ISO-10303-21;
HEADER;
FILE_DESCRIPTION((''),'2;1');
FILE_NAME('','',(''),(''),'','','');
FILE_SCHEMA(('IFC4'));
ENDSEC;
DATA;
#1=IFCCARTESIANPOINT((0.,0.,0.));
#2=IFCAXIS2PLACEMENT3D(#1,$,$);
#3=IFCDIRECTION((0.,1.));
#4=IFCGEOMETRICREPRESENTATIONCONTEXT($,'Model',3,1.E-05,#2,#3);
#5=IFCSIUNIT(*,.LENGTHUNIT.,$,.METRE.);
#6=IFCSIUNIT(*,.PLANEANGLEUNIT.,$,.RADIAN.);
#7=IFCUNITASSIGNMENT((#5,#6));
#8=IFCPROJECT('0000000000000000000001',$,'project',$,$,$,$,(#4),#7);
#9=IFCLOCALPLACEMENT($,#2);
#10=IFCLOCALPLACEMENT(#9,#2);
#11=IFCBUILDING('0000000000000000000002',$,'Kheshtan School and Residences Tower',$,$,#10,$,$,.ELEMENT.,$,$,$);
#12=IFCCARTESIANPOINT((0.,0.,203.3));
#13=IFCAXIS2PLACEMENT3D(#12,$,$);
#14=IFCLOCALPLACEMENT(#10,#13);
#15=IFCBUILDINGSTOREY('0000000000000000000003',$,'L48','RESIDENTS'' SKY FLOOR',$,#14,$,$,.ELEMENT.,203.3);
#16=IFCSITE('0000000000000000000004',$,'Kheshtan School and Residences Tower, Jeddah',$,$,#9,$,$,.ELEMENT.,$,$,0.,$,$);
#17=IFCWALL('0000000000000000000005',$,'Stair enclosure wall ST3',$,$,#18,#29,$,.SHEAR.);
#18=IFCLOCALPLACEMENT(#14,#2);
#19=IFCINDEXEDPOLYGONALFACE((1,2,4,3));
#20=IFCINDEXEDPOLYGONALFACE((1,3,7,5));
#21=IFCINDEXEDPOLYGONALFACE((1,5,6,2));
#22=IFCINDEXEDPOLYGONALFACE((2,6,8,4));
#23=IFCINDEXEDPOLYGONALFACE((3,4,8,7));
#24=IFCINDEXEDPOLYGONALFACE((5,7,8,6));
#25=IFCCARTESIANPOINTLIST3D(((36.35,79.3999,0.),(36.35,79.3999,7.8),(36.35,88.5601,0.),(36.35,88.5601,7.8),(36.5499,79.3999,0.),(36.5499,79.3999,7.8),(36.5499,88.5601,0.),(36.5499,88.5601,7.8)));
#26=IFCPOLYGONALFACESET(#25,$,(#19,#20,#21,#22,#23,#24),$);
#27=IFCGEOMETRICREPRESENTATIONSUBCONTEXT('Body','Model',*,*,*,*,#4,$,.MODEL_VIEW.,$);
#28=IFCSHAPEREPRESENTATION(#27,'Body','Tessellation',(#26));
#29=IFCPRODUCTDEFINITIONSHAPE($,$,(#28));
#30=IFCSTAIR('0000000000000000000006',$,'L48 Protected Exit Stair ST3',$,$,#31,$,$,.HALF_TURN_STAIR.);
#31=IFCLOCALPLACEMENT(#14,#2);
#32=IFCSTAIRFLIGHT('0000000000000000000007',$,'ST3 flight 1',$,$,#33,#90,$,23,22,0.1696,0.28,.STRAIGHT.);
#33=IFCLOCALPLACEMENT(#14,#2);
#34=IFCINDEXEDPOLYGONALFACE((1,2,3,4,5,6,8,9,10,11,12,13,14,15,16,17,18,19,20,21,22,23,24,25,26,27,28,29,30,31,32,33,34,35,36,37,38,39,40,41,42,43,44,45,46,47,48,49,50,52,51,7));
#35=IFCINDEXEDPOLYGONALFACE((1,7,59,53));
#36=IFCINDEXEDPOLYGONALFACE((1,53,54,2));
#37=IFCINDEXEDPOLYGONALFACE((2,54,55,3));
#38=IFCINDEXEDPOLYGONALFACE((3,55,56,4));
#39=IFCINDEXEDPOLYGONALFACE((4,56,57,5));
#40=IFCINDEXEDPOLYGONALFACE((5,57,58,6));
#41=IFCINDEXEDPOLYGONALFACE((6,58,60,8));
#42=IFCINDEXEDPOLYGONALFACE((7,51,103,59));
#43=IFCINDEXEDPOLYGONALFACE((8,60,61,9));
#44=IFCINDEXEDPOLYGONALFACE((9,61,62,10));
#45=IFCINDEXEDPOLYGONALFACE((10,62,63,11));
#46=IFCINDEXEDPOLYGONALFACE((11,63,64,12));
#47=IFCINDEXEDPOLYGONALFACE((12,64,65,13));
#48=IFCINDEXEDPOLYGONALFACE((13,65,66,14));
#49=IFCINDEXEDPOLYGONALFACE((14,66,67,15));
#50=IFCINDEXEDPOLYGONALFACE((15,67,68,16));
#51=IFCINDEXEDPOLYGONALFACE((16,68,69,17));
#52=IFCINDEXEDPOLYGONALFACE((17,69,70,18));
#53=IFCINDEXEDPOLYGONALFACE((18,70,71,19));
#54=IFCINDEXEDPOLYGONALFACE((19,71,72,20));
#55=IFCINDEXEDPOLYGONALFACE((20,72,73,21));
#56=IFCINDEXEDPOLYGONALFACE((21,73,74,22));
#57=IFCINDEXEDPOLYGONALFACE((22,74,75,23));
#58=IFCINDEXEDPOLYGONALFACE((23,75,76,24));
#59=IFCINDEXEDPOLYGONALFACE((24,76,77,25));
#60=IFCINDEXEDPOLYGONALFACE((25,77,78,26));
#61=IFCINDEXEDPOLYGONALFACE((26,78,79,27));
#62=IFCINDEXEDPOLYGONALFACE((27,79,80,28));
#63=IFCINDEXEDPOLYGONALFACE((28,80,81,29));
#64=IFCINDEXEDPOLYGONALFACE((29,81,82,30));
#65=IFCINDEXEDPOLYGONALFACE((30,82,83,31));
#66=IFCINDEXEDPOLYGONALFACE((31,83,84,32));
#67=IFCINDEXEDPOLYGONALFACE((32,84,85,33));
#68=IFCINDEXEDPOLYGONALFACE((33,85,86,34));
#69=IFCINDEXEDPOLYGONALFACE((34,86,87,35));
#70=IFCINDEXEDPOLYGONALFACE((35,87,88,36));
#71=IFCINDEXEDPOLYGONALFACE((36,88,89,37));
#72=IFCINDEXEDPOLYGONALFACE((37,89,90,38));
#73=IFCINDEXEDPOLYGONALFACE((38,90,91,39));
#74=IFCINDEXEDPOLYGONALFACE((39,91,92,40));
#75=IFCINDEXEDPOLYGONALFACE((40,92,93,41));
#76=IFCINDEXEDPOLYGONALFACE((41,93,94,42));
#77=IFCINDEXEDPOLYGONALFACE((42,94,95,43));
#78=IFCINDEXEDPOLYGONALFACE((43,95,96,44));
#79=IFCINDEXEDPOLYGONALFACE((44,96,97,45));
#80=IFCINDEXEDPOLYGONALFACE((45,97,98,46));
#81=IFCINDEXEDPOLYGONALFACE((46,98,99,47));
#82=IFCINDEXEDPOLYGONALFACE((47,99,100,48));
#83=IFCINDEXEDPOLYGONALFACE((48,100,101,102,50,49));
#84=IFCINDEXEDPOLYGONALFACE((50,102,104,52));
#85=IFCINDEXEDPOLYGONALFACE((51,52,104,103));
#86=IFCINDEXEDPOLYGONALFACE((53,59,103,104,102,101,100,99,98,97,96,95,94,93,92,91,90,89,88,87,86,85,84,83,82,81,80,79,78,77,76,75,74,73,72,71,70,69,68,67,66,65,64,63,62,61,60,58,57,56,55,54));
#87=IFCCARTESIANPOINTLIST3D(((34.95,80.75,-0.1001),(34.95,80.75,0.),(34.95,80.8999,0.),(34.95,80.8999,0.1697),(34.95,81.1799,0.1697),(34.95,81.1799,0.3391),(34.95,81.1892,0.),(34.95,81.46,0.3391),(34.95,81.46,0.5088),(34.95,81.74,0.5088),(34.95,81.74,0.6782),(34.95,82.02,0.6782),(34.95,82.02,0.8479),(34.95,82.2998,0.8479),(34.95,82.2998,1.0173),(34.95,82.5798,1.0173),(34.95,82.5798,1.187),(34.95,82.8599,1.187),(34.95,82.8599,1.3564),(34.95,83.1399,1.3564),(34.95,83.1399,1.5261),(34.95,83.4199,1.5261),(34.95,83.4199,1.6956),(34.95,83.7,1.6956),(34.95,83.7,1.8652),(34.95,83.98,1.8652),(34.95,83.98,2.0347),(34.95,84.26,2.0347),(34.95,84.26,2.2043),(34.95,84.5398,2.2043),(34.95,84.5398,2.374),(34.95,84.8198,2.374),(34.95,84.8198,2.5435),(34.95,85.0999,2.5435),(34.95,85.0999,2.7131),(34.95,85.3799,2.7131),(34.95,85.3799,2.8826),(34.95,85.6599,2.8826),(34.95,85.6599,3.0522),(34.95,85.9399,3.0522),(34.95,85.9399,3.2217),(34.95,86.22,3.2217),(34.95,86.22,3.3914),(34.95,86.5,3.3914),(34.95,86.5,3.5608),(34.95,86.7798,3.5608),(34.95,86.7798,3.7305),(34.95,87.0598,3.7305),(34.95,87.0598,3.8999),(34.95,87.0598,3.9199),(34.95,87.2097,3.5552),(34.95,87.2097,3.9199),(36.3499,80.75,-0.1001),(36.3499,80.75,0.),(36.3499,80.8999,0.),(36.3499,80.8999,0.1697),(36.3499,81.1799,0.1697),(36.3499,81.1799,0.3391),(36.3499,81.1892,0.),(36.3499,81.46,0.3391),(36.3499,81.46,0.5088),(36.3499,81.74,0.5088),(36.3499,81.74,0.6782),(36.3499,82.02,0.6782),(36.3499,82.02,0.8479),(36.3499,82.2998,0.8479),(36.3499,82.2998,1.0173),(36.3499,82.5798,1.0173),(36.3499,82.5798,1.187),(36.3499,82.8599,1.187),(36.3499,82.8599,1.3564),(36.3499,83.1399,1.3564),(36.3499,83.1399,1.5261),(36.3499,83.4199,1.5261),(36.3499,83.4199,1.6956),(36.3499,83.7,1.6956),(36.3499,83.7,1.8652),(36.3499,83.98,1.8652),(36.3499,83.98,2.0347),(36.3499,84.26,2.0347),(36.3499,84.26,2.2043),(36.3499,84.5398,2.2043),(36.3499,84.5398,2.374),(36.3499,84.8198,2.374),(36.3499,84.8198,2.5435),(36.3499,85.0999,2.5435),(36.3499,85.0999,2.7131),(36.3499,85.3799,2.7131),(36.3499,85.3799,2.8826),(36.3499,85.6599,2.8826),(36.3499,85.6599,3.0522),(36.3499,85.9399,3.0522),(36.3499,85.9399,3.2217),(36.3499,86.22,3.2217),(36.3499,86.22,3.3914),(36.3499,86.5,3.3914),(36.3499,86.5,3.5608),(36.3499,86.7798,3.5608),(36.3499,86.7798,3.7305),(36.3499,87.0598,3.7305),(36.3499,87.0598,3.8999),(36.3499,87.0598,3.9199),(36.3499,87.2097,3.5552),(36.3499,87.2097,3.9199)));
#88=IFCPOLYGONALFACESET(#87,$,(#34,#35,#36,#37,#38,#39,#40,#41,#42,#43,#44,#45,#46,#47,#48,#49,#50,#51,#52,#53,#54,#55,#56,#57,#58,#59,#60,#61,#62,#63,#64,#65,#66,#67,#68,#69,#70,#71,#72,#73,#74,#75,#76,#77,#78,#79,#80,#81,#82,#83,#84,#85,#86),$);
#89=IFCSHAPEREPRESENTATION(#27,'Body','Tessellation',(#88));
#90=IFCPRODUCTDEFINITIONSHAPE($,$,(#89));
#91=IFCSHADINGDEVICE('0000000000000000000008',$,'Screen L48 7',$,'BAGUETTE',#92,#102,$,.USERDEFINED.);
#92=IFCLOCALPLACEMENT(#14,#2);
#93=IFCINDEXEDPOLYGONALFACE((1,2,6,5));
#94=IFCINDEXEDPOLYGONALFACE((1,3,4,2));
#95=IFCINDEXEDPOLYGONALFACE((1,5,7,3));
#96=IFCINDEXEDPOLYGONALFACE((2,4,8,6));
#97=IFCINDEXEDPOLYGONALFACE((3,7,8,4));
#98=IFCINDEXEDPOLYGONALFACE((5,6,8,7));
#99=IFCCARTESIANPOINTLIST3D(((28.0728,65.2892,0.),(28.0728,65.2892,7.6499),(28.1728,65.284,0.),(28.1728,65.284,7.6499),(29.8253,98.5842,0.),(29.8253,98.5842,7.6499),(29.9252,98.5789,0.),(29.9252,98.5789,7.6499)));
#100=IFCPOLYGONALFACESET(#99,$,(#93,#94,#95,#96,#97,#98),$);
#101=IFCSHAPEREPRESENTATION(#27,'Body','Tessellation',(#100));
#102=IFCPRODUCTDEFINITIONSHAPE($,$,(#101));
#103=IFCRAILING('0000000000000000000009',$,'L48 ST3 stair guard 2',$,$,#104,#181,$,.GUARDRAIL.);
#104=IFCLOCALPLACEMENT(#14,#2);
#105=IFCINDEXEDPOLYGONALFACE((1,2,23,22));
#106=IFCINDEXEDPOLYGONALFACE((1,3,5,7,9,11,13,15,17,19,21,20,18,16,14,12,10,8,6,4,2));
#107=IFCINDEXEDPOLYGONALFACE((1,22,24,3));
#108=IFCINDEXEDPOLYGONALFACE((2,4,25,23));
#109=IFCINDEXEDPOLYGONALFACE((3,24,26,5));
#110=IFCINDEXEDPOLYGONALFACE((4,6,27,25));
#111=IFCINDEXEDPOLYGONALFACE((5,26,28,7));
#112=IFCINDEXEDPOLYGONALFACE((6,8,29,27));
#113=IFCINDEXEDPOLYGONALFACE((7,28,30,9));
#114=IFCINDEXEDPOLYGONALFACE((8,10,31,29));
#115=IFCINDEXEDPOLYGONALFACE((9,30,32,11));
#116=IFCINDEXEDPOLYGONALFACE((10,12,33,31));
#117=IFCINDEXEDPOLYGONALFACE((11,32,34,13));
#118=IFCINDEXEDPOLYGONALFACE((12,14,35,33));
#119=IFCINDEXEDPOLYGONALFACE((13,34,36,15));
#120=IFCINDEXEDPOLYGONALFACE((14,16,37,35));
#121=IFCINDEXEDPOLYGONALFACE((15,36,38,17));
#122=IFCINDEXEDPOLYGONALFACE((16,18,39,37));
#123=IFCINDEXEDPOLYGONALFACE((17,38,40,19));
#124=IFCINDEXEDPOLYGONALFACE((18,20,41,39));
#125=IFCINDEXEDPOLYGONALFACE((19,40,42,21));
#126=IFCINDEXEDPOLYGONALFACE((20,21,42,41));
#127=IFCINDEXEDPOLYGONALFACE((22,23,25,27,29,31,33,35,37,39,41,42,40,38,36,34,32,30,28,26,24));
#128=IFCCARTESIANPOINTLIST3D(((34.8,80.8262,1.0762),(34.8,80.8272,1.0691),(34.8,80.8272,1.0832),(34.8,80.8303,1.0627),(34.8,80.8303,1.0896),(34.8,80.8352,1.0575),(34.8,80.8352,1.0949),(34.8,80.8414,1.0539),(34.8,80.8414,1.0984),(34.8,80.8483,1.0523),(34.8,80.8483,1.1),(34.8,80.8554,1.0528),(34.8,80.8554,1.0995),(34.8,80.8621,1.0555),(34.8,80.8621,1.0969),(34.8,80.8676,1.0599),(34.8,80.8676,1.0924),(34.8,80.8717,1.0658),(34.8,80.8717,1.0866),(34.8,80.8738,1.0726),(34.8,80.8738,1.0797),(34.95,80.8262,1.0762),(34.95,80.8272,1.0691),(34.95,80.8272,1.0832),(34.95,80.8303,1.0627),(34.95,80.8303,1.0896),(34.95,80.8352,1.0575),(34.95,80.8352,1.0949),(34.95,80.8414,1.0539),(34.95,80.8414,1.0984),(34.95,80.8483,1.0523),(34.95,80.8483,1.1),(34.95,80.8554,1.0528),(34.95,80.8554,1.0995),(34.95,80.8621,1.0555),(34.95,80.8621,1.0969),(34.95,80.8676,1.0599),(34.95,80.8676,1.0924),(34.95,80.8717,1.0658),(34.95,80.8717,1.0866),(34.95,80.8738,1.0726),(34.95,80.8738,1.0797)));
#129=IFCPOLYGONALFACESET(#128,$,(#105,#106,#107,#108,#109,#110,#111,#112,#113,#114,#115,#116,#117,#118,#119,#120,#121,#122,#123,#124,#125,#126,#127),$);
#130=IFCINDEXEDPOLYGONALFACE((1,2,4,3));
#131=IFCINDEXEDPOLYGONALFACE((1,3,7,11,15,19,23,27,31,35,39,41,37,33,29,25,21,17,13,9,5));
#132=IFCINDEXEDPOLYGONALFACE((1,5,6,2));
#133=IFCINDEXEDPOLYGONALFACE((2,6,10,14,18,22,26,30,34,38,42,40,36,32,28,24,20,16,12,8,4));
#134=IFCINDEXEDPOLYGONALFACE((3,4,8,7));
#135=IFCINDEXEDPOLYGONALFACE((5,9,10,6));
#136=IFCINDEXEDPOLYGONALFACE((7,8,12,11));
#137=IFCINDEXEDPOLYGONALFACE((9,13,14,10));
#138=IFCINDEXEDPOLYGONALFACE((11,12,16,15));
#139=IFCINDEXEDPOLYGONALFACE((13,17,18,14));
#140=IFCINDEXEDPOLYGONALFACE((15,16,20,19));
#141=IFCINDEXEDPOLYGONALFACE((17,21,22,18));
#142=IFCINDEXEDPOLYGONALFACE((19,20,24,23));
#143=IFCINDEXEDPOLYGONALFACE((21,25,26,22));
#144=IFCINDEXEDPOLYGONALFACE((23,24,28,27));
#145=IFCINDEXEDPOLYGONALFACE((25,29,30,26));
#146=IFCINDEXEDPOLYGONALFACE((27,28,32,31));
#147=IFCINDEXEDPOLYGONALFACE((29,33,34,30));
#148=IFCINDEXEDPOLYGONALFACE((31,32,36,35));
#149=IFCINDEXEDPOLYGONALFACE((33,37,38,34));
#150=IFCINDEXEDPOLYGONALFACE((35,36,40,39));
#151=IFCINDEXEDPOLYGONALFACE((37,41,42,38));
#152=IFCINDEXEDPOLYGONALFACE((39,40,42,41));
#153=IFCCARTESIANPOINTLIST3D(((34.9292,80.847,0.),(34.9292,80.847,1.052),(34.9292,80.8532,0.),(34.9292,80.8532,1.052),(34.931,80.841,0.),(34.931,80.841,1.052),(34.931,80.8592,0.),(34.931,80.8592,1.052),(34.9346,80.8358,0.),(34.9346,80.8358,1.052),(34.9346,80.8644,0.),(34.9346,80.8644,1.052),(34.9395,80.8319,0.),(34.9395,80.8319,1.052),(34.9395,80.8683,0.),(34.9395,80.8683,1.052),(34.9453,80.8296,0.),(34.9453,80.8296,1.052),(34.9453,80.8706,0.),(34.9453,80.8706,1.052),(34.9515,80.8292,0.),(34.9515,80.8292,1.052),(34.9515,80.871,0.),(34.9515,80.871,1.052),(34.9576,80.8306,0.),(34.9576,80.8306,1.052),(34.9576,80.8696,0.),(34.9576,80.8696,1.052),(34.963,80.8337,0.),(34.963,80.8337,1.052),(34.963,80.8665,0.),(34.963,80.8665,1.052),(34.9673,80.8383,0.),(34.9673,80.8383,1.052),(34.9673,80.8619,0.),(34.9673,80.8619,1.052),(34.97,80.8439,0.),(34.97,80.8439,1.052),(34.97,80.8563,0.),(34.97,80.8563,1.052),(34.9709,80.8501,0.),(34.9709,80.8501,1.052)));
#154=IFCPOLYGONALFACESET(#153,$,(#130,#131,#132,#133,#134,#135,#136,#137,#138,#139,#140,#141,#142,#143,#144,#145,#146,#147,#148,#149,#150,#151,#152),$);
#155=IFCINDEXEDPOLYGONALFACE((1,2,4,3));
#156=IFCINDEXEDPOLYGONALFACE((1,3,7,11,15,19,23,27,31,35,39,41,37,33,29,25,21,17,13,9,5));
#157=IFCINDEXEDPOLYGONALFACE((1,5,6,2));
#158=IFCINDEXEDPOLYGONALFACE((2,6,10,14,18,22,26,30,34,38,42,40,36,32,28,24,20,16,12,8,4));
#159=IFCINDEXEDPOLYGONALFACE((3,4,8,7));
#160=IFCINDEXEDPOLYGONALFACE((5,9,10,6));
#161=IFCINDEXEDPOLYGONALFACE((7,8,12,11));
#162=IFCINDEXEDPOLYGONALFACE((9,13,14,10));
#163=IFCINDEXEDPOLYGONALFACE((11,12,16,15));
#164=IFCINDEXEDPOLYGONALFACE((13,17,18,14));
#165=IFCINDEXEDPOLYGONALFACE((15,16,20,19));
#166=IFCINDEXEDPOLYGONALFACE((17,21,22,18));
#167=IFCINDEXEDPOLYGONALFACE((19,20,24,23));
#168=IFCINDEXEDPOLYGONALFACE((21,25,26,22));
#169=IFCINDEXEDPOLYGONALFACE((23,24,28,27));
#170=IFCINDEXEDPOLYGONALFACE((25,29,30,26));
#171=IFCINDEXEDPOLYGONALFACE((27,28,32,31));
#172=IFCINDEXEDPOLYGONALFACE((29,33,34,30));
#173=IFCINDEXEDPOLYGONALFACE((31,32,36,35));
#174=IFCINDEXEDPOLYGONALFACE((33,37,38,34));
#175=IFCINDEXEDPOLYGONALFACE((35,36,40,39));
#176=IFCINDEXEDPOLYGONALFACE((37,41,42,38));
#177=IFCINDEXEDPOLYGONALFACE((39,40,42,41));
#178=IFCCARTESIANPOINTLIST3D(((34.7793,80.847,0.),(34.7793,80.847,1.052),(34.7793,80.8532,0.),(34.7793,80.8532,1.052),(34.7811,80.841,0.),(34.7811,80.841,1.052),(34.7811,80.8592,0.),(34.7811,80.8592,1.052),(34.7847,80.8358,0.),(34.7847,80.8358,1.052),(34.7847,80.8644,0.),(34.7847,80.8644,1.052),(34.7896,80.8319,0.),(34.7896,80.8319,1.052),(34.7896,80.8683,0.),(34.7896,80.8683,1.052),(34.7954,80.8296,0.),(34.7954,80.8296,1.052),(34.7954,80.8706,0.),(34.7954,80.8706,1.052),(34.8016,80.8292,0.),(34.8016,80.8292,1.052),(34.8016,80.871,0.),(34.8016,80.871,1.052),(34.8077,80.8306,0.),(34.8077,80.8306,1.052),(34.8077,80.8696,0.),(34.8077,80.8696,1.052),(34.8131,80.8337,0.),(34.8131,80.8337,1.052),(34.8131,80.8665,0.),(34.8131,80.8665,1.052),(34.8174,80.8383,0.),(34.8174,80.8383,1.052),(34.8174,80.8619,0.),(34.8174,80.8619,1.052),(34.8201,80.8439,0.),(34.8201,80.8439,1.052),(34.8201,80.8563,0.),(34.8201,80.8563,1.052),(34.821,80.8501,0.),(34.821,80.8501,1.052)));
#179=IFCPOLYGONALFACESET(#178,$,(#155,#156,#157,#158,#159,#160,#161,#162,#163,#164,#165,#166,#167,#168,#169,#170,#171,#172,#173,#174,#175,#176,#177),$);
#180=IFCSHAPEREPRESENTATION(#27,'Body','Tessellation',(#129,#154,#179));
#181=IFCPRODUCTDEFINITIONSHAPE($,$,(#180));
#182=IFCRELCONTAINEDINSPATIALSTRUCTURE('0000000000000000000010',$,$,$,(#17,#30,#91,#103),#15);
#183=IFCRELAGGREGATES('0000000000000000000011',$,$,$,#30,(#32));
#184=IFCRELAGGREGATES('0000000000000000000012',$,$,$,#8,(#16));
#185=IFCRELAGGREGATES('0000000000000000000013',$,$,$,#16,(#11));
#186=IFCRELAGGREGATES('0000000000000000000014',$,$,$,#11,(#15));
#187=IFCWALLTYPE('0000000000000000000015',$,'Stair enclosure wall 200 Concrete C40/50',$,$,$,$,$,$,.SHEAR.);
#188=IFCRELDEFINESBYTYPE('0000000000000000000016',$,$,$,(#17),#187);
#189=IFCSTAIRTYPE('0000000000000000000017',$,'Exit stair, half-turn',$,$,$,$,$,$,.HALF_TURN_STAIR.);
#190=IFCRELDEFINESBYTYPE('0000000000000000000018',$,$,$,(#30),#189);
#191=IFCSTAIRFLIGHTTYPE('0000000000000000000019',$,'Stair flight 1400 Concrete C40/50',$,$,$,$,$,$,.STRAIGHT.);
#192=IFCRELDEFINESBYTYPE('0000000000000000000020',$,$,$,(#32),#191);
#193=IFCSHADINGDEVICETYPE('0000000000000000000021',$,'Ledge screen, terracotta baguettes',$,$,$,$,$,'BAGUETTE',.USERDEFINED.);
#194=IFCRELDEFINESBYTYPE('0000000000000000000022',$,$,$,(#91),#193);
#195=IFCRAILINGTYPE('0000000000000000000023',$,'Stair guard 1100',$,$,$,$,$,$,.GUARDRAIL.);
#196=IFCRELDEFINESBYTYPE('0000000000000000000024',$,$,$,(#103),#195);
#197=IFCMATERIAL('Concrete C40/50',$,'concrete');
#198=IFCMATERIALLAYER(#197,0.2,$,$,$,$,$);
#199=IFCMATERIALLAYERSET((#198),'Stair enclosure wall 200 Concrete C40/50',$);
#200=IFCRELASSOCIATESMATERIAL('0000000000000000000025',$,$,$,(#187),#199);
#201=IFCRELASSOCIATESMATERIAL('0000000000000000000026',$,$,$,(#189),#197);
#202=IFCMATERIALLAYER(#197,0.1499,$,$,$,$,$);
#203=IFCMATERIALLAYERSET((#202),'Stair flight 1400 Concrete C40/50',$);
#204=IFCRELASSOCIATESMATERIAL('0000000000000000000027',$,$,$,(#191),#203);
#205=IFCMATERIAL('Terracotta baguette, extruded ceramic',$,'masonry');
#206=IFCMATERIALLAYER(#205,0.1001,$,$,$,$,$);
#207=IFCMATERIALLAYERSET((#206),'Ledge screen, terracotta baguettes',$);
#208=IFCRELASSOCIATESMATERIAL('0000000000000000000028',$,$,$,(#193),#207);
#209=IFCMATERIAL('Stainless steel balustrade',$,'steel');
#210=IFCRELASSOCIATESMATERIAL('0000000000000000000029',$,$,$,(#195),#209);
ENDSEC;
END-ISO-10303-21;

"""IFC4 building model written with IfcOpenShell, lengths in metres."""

from ifc_helpers import new_model, si_unit, direction, frame, frame_2d, origin, origin_2d, place, context, subcontext, project, spatial, polyline, rectangle, circle, outline, extrude, material, layer, layer_set, type_object, element, aggregate, save


model = new_model("IFC4")

# Units and contexts
model_context = context("Model", 3, precision=1e-05, world=origin(), true_north=direction((0.0, 1.0)))
body_context = subcontext(model_context, "Body", "Model", "MODEL_VIEW")
ifc_project = project(units=[si_unit("LENGTHUNIT", "METRE"), si_unit("PLANEANGLEUNIT", "RADIAN")], contexts=[model_context])

# Site, building, storey
site_placement = place(None, origin())
site = spatial("IfcSite", under=ifc_project, at=site_placement, Name="Kheshtan School and Residences Tower, Jeddah", CompositionType="ELEMENT", RefElevation=0.0)
building_placement = place(site_placement, origin())
building = spatial("IfcBuilding", under=site, at=building_placement, Name="Kheshtan School and Residences Tower", CompositionType="ELEMENT")
storey_placement = place(building_placement, frame((0.0, 0.0, 203.3)))
storey = spatial("IfcBuildingStorey", under=building, at=storey_placement, Name="L48", Description="RESIDENTS' SKY FLOOR", CompositionType="ELEMENT", Elevation=203.3)

# Shared definitions
ifc_material_1 = material(Name="Concrete C40/50", Category="concrete")
ifc_layer_1 = layer(ifc_material_1, 0.2)
ifc_layer_set_1 = layer_set([ifc_layer_1], Name="Stair enclosure wall 200 Concrete C40/50")
wall_type_1 = type_object("IfcWallType", Name="Stair enclosure wall 200 Concrete C40/50", PredefinedType="SHEAR", material=ifc_layer_set_1)

# Wall
wall_1_placement = place(storey_placement, frame((36.45, 79.3999, 0.0), z_axis=(0.0, 0.0, 1.0), x_axis=(0.0, 1.0, 0.0)))
element("IfcWall", 1, at=wall_1_placement, inside=storey, type_object=wall_type_1, Name="Stair enclosure wall ST3", PredefinedType="SHEAR", context=body_context, shape_type="SweptSolid", body=[
    extrude(rectangle(XDim=9.1602, YDim=0.2, at=frame_2d((4.5801, 0.0))), origin(), (0.0, 0.0, 1.0), 7.8),
])

# Stair, stair flight
stair_type = type_object("IfcStairType", Name="Exit stair, half-turn", PredefinedType="HALF_TURN_STAIR", material=ifc_material_1)
stair_placement = place(storey_placement, origin())
stair = element("IfcStair", 2, at=stair_placement, inside=storey, type_object=stair_type, Name="L48 Protected Exit Stair ST3", PredefinedType="HALF_TURN_STAIR")
ifc_layer_2 = layer(ifc_material_1, 0.1499)
ifc_layer_set_2 = layer_set([ifc_layer_2], Name="Stair flight 1400 Concrete C40/50")
stair_flight_type = type_object("IfcStairFlightType", Name="Stair flight 1400 Concrete C40/50", PredefinedType="STRAIGHT", material=ifc_layer_set_2)
stair_flight_placement = place(storey_placement, frame((35.6499, 80.8999, 0.0), z_axis=(0.0, 0.0, 1.0), x_axis=(0.0, 1.0, 0.0)))
stair_flight = element("IfcStairFlight", 3, at=stair_flight_placement, type_object=stair_flight_type, Name="ST3 flight 1", NumberOfRisers=23, NumberOfTreads=22, PredefinedType="STRAIGHT", RiserHeight=0.1696, TreadLength=0.28, context=body_context, shape_type="SweptSolid", body=[
    extrude(outline(polyline([(-0.1499, -0.1001), (-0.1499, 0.0), (0.0, 0.0), (0.0, 0.1697), (0.28, 0.1697), (0.28, 0.3391), (0.5601, 0.3391), (0.5601, 0.5088), (0.8401, 0.5088), (0.8401, 0.6782), (1.1201, 0.6782), (1.1201, 0.8479), (1.3999, 0.8479), (1.3999, 1.0173), (1.6799, 1.0173), (1.6799, 1.187), (1.96, 1.187), (1.96, 1.3564), (2.24, 1.3564), (2.24, 1.5261), (2.52, 1.5261), (2.52, 1.6956), (2.8, 1.6956), (2.8, 1.8652), (3.0801, 1.8652), (3.0801, 2.0347), (3.3601, 2.0347), (3.3601, 2.2043), (3.6399, 2.2043), (3.6399, 2.374), (3.9199, 2.374), (3.9199, 2.5435), (4.2, 2.5435), (4.2, 2.7131), (4.48, 2.7131), (4.48, 2.8826), (4.76, 2.8826), (4.76, 3.0522), (5.04, 3.0522), (5.04, 3.2217), (5.3201, 3.2217), (5.3201, 3.3914), (5.6001, 3.3914), (5.6001, 3.5608), (5.8799, 3.5608), (5.8799, 3.7305), (6.1599, 3.7305), (6.1599, 3.8999), (6.1599, 3.9199), (6.3098, 3.9199), (6.3098, 3.5552), (0.2893, 0.0), (-0.1499, -0.1001)])), frame((0.0, 0.7, 0.0), z_axis=(0.0, -1.0, 0.0), x_axis=(1.0, 0.0, 0.0)), (0.0, 0.0, 1.0), 1.3999),
])
aggregate(stair, [stair_flight])

# Shading device
ifc_material_2 = material(Name="Terracotta baguette, extruded ceramic", Category="masonry")
ifc_layer_3 = layer(ifc_material_2, 0.1001)
ifc_layer_set_3 = layer_set([ifc_layer_3], Name="Ledge screen, terracotta baguettes")
shading_device_type = type_object("IfcShadingDeviceType", Name="Ledge screen, terracotta baguettes", ElementType="BAGUETTE", PredefinedType="USERDEFINED", material=ifc_layer_set_3)
shading_device_placement = place(storey_placement, frame((28.999, 81.9341, 0.0), z_axis=(0.0, 0.0, 1.0), x_axis=(0.052563, 0.998618, 0.0)))
element("IfcShadingDevice", 4, at=shading_device_placement, inside=storey, type_object=shading_device_type, Name="Screen L48 7", ObjectType="BAGUETTE", PredefinedType="USERDEFINED", context=body_context, shape_type="SweptSolid", body=[
    extrude(rectangle(XDim=33.3411, YDim=0.1001, at=origin_2d()), origin(), (0.0, 0.0, 1.0), 7.6499),
])

# Railing
ifc_material_3 = material(Name="Stainless steel balustrade", Category="steel")
railing_type_1 = type_object("IfcRailingType", Name="Stair guard 1100", PredefinedType="GUARDRAIL", material=ifc_material_3)
railing_1_placement = place(storey_placement, frame((34.95, 80.8501, 0.0)))
element("IfcRailing", 5, at=railing_1_placement, inside=storey, type_object=railing_type_1, Name="L48 ST3 stair guard 2", PredefinedType="GUARDRAIL", context=body_context, shape_type="SweptSolid", body=[
    extrude(circle(Radius=0.0239, at=origin_2d()), frame((0.0, 0.0, 1.0762), z_axis=(-1.0, 0.0, 0.0), x_axis=(0.0, -1.0, 0.0)), (0.0, 0.0, 1.0), 0.1499),
    extrude(circle(Radius=0.021, at=origin_2d()), origin(), (0.0, 0.0, 1.0), 1.052),
    extrude(circle(Radius=0.021, at=origin_2d()), frame((-0.1499, 0.0, 0.0)), (0.0, 0.0, 1.0), 1.052),
])

save(model, "model.ifc")
